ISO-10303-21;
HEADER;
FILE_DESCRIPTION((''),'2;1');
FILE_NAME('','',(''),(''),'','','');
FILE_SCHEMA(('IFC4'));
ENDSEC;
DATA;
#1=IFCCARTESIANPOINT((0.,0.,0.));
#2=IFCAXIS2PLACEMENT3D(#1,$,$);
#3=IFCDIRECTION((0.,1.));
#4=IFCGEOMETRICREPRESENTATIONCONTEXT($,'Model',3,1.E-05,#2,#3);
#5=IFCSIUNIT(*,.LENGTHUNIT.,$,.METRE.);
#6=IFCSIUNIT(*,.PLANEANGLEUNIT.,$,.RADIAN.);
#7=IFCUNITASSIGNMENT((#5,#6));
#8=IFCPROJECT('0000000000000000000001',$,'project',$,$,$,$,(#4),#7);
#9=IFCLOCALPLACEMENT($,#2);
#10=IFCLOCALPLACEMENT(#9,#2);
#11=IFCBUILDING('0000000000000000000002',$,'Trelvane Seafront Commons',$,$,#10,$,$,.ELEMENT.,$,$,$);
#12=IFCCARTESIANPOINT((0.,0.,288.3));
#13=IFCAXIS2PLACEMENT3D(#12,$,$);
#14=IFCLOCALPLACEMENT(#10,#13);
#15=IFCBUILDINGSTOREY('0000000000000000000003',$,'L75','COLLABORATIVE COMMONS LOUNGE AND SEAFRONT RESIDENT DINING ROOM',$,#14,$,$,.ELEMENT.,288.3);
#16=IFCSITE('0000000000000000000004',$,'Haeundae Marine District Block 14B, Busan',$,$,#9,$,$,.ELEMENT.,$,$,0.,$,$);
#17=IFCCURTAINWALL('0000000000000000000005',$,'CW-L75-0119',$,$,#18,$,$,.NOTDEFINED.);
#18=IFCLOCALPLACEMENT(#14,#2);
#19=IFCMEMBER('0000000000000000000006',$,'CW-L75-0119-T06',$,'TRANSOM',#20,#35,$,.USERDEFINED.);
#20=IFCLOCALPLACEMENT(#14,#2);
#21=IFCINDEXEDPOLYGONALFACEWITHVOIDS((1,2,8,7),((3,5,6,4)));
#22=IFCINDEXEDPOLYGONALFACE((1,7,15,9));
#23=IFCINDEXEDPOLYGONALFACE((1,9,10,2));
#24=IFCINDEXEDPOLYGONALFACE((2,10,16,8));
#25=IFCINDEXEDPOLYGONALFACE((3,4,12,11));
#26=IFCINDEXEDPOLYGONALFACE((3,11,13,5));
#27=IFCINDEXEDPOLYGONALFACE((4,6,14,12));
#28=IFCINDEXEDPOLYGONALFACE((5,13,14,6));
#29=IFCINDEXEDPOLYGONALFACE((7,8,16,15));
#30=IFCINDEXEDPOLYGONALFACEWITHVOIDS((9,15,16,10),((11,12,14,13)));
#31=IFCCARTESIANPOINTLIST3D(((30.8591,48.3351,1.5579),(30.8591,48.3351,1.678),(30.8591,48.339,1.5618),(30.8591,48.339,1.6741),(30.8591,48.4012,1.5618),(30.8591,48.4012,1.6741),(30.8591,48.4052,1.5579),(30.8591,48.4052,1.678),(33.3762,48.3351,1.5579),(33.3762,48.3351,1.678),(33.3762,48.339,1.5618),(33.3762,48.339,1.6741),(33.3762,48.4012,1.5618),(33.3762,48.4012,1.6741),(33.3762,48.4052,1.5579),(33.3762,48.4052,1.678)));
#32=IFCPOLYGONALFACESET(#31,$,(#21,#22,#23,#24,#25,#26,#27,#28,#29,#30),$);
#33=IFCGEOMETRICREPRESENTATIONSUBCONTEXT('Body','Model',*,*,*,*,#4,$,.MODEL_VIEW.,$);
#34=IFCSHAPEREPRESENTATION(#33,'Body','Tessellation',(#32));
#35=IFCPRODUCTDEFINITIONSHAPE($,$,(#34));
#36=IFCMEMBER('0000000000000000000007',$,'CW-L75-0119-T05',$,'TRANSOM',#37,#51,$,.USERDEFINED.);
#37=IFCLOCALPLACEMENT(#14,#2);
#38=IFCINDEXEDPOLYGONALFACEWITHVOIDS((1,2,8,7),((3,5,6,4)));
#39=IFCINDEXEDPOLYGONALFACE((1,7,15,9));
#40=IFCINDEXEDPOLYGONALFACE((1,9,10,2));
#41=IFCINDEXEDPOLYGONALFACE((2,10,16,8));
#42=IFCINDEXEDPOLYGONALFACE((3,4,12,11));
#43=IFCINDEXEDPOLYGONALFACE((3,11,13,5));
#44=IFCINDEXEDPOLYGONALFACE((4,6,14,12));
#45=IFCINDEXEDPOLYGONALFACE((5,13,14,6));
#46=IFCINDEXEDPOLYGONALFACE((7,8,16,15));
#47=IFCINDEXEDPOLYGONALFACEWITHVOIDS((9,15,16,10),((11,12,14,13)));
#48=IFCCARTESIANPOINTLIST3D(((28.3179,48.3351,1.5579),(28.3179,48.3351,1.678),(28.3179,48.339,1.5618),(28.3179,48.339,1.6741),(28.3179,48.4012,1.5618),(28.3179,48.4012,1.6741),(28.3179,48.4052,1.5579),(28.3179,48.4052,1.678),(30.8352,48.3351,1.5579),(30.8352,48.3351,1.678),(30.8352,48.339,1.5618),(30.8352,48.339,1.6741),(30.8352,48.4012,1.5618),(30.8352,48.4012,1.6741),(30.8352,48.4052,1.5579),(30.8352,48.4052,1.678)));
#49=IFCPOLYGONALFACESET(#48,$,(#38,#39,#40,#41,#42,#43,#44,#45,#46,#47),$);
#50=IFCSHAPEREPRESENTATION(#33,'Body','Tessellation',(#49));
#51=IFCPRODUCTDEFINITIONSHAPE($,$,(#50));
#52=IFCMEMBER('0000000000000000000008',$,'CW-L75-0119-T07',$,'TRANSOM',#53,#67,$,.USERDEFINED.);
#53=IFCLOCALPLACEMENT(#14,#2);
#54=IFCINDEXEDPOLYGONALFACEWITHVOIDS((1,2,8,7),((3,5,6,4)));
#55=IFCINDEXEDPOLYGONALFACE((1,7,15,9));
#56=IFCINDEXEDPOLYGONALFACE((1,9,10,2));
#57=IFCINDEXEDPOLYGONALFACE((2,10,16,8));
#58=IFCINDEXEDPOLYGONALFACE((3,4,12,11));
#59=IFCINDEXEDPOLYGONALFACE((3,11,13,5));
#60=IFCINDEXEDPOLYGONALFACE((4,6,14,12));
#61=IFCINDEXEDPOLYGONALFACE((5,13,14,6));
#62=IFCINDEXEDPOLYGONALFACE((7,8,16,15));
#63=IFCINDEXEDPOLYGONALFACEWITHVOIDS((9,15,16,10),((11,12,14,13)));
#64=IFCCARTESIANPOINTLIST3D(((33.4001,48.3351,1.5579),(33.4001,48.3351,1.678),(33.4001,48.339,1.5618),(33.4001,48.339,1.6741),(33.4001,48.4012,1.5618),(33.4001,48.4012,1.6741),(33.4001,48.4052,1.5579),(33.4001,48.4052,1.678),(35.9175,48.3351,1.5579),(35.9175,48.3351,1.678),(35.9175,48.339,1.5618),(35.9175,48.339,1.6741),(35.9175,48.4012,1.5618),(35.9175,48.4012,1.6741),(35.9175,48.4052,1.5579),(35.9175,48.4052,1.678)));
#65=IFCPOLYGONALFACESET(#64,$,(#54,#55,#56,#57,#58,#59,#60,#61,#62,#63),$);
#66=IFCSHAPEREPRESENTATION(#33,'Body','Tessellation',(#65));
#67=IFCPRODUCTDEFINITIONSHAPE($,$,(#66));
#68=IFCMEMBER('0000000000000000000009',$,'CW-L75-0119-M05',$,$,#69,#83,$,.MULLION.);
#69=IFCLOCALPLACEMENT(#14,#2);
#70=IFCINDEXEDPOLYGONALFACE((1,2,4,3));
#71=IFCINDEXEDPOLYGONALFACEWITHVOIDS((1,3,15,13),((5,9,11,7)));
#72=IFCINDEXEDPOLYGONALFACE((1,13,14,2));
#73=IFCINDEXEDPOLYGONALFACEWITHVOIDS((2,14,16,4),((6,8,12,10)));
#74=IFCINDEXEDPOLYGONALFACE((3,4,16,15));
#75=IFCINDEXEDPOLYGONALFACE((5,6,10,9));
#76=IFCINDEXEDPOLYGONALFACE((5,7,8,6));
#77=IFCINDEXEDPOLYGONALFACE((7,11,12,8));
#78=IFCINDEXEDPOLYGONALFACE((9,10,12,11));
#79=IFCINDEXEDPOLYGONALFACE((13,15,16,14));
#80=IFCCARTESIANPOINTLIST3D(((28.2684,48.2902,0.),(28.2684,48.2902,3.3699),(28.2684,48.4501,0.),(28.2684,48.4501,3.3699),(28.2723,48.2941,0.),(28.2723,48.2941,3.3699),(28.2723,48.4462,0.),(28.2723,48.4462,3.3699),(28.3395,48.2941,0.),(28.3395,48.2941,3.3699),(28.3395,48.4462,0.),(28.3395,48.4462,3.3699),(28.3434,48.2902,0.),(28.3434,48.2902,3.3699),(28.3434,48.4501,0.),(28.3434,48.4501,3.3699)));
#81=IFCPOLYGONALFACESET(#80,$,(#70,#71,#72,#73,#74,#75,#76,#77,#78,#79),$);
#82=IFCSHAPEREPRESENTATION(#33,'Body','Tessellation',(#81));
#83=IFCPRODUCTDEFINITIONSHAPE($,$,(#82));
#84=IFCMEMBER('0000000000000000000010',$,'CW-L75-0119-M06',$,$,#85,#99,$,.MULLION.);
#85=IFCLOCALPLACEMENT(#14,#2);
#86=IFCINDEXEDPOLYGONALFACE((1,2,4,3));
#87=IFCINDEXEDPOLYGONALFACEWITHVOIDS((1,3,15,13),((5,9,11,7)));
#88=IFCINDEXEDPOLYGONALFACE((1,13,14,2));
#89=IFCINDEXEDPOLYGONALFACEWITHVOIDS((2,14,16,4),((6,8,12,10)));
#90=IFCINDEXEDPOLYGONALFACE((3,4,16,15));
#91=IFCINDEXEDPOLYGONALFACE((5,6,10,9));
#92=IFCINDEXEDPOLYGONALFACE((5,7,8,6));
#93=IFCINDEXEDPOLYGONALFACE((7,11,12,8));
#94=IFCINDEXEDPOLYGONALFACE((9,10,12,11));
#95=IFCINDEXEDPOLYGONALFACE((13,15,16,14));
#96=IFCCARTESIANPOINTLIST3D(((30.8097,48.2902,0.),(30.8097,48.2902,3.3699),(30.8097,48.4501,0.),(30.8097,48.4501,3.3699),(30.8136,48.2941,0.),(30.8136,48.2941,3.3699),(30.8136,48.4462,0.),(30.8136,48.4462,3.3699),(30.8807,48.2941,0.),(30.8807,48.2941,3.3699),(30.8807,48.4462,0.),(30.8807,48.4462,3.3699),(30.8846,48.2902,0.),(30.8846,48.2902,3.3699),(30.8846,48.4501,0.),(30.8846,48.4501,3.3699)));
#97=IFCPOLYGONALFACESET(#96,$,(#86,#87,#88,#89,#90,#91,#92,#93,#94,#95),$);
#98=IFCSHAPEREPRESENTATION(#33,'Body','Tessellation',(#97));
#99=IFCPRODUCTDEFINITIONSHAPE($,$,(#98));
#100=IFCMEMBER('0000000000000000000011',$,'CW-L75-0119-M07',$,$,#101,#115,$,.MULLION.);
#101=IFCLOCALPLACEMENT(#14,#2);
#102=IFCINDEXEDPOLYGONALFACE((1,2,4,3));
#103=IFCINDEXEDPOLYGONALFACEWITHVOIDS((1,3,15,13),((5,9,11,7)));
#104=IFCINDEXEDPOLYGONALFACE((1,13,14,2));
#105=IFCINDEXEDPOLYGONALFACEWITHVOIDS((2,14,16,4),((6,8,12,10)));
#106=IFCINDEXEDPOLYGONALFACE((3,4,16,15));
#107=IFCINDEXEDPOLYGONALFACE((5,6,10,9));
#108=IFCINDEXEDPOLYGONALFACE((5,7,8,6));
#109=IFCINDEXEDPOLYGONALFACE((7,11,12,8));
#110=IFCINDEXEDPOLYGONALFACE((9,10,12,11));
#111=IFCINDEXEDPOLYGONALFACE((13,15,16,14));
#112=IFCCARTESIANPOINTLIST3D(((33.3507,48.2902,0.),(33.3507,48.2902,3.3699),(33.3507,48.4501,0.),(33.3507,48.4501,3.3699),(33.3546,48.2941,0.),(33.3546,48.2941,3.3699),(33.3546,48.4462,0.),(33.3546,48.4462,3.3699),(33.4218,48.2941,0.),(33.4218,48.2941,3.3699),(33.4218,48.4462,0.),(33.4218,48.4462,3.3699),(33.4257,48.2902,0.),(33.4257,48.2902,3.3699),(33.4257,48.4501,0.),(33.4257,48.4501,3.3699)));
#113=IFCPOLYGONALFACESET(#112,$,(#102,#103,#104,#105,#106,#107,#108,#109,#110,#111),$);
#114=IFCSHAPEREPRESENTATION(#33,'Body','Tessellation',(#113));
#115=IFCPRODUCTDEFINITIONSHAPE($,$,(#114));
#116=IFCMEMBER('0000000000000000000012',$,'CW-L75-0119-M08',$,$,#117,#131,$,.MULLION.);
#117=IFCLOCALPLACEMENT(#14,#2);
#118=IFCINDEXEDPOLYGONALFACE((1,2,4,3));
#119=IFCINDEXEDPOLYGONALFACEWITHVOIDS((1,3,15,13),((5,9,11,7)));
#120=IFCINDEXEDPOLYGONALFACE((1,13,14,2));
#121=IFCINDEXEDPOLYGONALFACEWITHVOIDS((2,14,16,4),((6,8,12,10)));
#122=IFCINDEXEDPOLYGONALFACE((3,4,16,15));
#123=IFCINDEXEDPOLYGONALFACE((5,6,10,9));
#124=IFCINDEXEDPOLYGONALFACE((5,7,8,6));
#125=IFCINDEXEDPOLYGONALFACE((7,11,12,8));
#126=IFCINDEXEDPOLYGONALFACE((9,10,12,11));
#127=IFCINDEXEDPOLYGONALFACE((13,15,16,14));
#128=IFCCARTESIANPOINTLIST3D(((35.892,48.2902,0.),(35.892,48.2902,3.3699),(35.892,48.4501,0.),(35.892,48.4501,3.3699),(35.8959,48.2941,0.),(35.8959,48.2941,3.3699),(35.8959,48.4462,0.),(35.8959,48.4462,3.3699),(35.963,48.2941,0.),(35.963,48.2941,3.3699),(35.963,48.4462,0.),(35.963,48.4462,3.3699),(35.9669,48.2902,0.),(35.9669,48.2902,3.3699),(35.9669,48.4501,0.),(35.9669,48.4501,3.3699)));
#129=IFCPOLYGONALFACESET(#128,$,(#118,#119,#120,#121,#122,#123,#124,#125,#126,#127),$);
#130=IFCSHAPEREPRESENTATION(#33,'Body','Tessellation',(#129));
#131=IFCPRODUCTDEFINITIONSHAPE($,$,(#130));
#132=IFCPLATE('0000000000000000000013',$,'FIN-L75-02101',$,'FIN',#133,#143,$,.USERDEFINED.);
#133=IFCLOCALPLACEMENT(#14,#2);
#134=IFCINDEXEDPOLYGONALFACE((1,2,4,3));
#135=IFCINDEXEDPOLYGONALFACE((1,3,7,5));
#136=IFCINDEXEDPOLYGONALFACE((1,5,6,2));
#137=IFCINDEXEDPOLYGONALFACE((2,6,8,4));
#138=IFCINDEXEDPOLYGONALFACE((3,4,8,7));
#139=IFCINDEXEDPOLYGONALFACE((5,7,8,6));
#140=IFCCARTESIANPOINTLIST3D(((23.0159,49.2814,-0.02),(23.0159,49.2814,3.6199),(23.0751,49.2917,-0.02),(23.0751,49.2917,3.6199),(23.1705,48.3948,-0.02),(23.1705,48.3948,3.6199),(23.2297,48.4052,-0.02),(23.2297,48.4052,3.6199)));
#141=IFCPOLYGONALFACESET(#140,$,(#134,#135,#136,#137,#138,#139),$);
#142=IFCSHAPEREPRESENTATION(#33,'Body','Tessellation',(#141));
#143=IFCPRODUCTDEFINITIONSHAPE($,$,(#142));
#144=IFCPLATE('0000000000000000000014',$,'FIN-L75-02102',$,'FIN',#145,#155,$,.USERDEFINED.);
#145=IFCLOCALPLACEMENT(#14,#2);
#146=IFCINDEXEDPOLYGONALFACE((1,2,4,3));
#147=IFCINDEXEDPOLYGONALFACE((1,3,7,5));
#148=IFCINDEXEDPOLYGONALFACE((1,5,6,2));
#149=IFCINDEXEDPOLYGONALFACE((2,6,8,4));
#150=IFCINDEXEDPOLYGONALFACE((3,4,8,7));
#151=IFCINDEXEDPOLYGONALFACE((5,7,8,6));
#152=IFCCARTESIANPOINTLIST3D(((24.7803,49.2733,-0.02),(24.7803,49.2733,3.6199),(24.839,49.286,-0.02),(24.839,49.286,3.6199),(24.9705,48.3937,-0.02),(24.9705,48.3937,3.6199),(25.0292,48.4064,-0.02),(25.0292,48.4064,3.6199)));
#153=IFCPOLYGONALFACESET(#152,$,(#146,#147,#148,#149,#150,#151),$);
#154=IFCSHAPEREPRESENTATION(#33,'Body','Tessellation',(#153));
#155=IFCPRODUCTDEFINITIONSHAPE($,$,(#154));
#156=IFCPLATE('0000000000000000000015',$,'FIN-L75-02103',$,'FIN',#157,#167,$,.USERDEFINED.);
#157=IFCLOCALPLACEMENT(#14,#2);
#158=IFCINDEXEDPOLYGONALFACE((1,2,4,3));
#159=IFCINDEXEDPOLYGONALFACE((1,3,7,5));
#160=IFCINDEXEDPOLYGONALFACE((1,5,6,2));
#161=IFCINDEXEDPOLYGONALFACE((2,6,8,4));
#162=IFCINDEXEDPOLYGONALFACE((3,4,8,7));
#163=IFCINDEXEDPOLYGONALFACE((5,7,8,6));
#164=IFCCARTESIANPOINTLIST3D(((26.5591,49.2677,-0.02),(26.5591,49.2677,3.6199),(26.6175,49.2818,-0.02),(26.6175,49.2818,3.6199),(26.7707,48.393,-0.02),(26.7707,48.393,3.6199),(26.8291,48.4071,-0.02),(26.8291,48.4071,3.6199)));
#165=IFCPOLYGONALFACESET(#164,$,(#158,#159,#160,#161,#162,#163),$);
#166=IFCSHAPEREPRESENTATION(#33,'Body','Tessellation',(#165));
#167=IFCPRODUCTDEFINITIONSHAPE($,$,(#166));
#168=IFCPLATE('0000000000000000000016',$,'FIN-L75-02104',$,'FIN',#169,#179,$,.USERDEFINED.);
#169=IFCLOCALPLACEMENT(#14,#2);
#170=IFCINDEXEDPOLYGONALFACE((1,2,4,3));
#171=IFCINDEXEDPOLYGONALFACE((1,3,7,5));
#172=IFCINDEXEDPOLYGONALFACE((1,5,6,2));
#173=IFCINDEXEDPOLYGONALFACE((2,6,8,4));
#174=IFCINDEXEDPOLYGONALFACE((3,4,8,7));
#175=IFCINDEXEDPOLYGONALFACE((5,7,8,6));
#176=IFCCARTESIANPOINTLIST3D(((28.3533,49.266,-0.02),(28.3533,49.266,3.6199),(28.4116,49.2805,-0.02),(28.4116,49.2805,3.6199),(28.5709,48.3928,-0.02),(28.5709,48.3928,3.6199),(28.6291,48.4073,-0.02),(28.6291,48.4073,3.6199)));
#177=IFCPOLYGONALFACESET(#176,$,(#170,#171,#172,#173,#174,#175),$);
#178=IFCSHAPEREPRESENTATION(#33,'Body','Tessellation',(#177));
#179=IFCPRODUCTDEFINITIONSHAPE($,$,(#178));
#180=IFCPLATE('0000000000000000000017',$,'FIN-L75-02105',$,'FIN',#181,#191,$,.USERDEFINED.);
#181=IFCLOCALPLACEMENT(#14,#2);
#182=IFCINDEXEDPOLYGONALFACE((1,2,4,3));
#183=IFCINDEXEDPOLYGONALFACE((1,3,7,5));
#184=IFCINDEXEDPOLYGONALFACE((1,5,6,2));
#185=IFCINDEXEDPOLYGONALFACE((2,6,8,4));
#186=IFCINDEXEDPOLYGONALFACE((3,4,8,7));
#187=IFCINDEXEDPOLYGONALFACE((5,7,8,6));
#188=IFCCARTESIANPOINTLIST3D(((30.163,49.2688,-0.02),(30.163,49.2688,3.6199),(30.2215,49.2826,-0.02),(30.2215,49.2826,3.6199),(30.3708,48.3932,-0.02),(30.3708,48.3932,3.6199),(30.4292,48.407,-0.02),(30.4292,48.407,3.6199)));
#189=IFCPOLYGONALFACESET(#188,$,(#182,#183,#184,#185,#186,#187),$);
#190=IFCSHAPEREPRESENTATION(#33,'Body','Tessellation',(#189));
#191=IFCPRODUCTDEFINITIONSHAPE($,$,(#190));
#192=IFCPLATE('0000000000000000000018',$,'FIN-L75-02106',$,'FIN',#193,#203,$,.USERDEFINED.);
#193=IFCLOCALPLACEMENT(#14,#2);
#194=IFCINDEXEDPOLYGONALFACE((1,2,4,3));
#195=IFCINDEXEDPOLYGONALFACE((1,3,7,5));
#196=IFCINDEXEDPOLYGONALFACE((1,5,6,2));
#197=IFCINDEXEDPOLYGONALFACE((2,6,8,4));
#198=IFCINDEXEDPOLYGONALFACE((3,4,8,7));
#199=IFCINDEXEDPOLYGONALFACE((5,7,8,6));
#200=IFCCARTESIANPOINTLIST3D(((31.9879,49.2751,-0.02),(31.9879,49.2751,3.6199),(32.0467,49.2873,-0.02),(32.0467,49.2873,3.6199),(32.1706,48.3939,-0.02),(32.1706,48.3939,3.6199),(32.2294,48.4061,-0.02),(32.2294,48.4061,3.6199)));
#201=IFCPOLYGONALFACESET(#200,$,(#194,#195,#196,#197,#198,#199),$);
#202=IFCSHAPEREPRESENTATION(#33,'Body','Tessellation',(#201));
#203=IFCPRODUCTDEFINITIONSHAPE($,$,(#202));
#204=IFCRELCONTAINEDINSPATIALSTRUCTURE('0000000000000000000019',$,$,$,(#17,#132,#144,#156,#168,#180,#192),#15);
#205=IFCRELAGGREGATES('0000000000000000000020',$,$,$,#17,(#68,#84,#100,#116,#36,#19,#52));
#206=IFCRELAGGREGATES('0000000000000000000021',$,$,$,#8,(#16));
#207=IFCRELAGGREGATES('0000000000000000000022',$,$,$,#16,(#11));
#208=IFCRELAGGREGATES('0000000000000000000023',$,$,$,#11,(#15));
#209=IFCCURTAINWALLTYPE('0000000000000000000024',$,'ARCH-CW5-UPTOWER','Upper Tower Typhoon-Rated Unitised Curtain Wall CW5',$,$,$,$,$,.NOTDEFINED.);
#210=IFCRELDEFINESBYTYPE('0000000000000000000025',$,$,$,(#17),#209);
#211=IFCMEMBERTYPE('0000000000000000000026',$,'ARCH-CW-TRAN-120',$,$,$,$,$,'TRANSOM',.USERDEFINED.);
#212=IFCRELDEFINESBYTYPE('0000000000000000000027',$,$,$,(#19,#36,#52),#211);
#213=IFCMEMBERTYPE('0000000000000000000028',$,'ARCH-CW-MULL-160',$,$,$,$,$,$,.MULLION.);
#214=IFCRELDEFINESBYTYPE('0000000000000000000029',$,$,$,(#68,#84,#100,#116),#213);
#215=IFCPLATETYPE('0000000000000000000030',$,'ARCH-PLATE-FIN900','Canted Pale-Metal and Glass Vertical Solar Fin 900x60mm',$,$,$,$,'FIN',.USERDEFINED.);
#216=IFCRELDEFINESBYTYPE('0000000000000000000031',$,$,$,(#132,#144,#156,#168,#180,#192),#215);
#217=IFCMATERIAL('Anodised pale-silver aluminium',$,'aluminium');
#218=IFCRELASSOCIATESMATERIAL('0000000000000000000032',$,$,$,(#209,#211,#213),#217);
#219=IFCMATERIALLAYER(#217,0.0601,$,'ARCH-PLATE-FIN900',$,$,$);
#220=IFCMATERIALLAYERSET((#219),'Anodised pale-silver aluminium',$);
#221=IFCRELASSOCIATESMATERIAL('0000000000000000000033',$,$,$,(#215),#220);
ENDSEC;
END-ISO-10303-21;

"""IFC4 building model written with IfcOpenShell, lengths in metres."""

from ifc_helpers import new_model, si_unit, direction, frame, origin, origin_2d, place, context, subcontext, project, spatial, rectangle, hollow_rectangle, extrude, source, transform, mapped, material, layer, layer_set, material_profile, profile_set, type_object, element, aggregate, save


model = new_model("IFC4")

# Units and contexts
model_context = context("Model", 3, precision=1e-05, world=origin(), true_north=direction((0.0, 1.0)))
body_context = subcontext(model_context, "Body", "Model", "MODEL_VIEW")
ifc_project = project(units=[si_unit("LENGTHUNIT", "METRE"), si_unit("PLANEANGLEUNIT", "RADIAN")], contexts=[model_context])

# Site, building, storey
site_placement = place(None, origin())
site = spatial("IfcSite", under=ifc_project, at=site_placement, Name="Haeundae Marine District Block 14B, Busan", CompositionType="ELEMENT", RefElevation=0.0)
building_placement = place(site_placement, origin())
building = spatial("IfcBuilding", under=site, at=building_placement, Name="Trelvane Seafront Commons", CompositionType="ELEMENT")
storey_placement = place(building_placement, frame((0.0, 0.0, 288.3)))
storey = spatial("IfcBuildingStorey", under=building, at=storey_placement, Name="L75", Description="COLLABORATIVE COMMONS LOUNGE AND SEAFRONT RESIDENT DINING ROOM", CompositionType="ELEMENT", Elevation=288.3)

# Curtain wall, members
ifc_material_1 = material(Name="Anodised pale-silver aluminium", Category="aluminium")
curtain_wall_type = type_object("IfcCurtainWallType", Name="ARCH-CW5-UPTOWER", Description="Upper Tower Typhoon-Rated Unitised Curtain Wall CW5", PredefinedType="NOTDEFINED", material=ifc_material_1)
curtain_wall_placement = place(storey_placement, origin())
curtain_wall = element("IfcCurtainWall", 1, at=curtain_wall_placement, inside=storey, type_object=curtain_wall_type, Name="CW-L75-0119", PredefinedType="NOTDEFINED")
ifc_material_profile_1 = material_profile(ifc_material_1, hollow_rectangle(XDim=0.0701, YDim=0.1201, WallThickness=0.0039, at=origin_2d()), Name="TRAN-70x120x4")
ifc_profile_set_1 = profile_set([ifc_material_profile_1], Name="Anodised pale-silver aluminium")
member_type_1 = type_object("IfcMemberType", Name="ARCH-CW-TRAN-120", ElementType="TRANSOM", PredefinedType="USERDEFINED", material=ifc_profile_set_1)
shared_shape_1 = source(origin(), body_context, "Body", "SweptSolid", [
    extrude(hollow_rectangle(XDim=0.0701, YDim=0.1201, WallThickness=0.0039, at=origin_2d()), origin(), (0.0, 0.0, 1.0), 2.5171),
])
member_1_placement = place(storey_placement, frame((30.8591, 48.3701, 1.6179), z_axis=(1.0, 0.0, 0.0), x_axis=(0.0, 1.0, 0.0)))
member_1 = element("IfcMember", 2, at=member_1_placement, type_object=member_type_1, Name="CW-L75-0119-T06", ObjectType="TRANSOM", PredefinedType="USERDEFINED", context=body_context, shape_type="MappedRepresentation", body=[
    mapped(shared_shape_1, transform((0.0, 0.0, 0.0), x_axis=(1.0, 0.0, 0.0), y_axis=(0.0, 1.0, 0.0), z_axis=(0.0, 0.0, 1.0), scale=1.0)),
])
shared_shape_2 = source(origin(), body_context, "Body", "SweptSolid", [
    extrude(hollow_rectangle(XDim=0.0701, YDim=0.1201, WallThickness=0.0039, at=origin_2d()), origin(), (0.0, 0.0, 1.0), 2.5173),
])
member_2_placement = place(storey_placement, frame((28.3179, 48.3701, 1.6179), z_axis=(1.0, 0.0, 0.0), x_axis=(0.0, 1.0, 0.0)))
member_2 = element("IfcMember", 3, at=member_2_placement, type_object=member_type_1, Name="CW-L75-0119-T05", ObjectType="TRANSOM", PredefinedType="USERDEFINED", context=body_context, shape_type="MappedRepresentation", body=[
    mapped(shared_shape_2, transform((0.0, 0.0, 0.0), x_axis=(1.0, 0.0, 0.0), y_axis=(0.0, 1.0, 0.0), z_axis=(0.0, 0.0, 1.0), scale=1.0)),
])
member_3_placement = place(storey_placement, frame((33.4001, 48.3701, 1.6179), z_axis=(1.0, 0.0, 0.0), x_axis=(0.0, 1.0, 0.0)))
member_3 = element("IfcMember", 4, at=member_3_placement, type_object=member_type_1, Name="CW-L75-0119-T07", ObjectType="TRANSOM", PredefinedType="USERDEFINED", context=body_context, shape_type="MappedRepresentation", body=[
    mapped(shared_shape_2, transform((0.0, 0.0, 0.0), x_axis=(1.0, 0.0, 0.0), y_axis=(0.0, 1.0, 0.0), z_axis=(0.0, 0.0, 1.0), scale=1.0)),
])
ifc_material_profile_2 = material_profile(ifc_material_1, hollow_rectangle(XDim=0.075, YDim=0.1599, WallThickness=0.0039, at=origin_2d()), Name="MULL-75x160x4")
ifc_profile_set_2 = profile_set([ifc_material_profile_2], Name="Anodised pale-silver aluminium")
member_type_2 = type_object("IfcMemberType", Name="ARCH-CW-MULL-160", PredefinedType="MULLION", material=ifc_profile_set_2)
shared_shape_3 = source(origin(), body_context, "Body", "SweptSolid", [
    extrude(hollow_rectangle(XDim=0.075, YDim=0.1599, WallThickness=0.0039, at=origin_2d()), origin(), (0.0, 0.0, 1.0), 3.3699),
])
member_4_placement = place(storey_placement, frame((28.3059, 48.3701, 0.0), z_axis=(0.0, 0.0, 1.0), x_axis=(1.0, 0.0, 0.0)))
member_4 = element("IfcMember", 5, at=member_4_placement, type_object=member_type_2, Name="CW-L75-0119-M05", PredefinedType="MULLION", context=body_context, shape_type="MappedRepresentation", body=[
    mapped(shared_shape_3, transform((0.0, 0.0, 0.0), x_axis=(1.0, 0.0, 0.0), y_axis=(0.0, 1.0, 0.0), z_axis=(0.0, 0.0, 1.0), scale=1.0)),
])
member_5_placement = place(storey_placement, frame((30.8472, 48.3701, 0.0), z_axis=(0.0, 0.0, 1.0), x_axis=(1.0, 0.0, 0.0)))
member_5 = element("IfcMember", 6, at=member_5_placement, type_object=member_type_2, Name="CW-L75-0119-M06", PredefinedType="MULLION", context=body_context, shape_type="MappedRepresentation", body=[
    mapped(shared_shape_3, transform((0.0, 0.0, 0.0), x_axis=(1.0, 0.0, 0.0), y_axis=(0.0, 1.0, 0.0), z_axis=(0.0, 0.0, 1.0), scale=1.0)),
])
member_6_placement = place(storey_placement, frame((33.3882, 48.3701, 0.0), z_axis=(0.0, 0.0, 1.0), x_axis=(1.0, 0.0, 0.0)))
member_6 = element("IfcMember", 7, at=member_6_placement, type_object=member_type_2, Name="CW-L75-0119-M07", PredefinedType="MULLION", context=body_context, shape_type="MappedRepresentation", body=[
    mapped(shared_shape_3, transform((0.0, 0.0, 0.0), x_axis=(1.0, 0.0, 0.0), y_axis=(0.0, 1.0, 0.0), z_axis=(0.0, 0.0, 1.0), scale=1.0)),
])
member_7_placement = place(storey_placement, frame((35.9294, 48.3701, 0.0), z_axis=(0.0, 0.0, 1.0), x_axis=(1.0, 0.0, 0.0)))
member_7 = element("IfcMember", 8, at=member_7_placement, type_object=member_type_2, Name="CW-L75-0119-M08", PredefinedType="MULLION", context=body_context, shape_type="MappedRepresentation", body=[
    mapped(shared_shape_3, transform((0.0, 0.0, 0.0), x_axis=(1.0, 0.0, 0.0), y_axis=(0.0, 1.0, 0.0), z_axis=(0.0, 0.0, 1.0), scale=1.0)),
])

# Plates
ifc_layer_1 = layer(ifc_material_1, 0.0601, Name="ARCH-PLATE-FIN900")
ifc_layer_set_1 = layer_set([ifc_layer_1], Name="Anodised pale-silver aluminium")
plate_type_1 = type_object("IfcPlateType", Name="ARCH-PLATE-FIN900", Description="Canted Pale-Metal and Glass Vertical Solar Fin 900x60mm", ElementType="FIN", PredefinedType="USERDEFINED", material=ifc_layer_set_1)
shared_shape_4 = source(origin(), body_context, "Body", "SweptSolid", [
    extrude(rectangle(XDim=0.8999, YDim=0.0601, at=origin_2d()), origin(), (0.0, 0.0, 1.0), 3.6399),
])
for number, where, z_axis, x_axis, name in (
    (9, (23.1228, 48.8433, -0.02), (0.0, 0.0, 1.0), (-0.171781, 0.985135, 0.0), "FIN-L75-02101"),
    (10, (24.9048, 48.8398, -0.02), (0.0, 0.0, 1.0), (-0.211327, 0.977416, 0.0), "FIN-L75-02102"),
    (11, (26.6941, 48.8374, -0.02), (0.0, 0.0, 1.0), (-0.235103, 0.97197, 0.0), "FIN-L75-02103"),
    (12, (28.4912, 48.8367, -0.02), (0.0, 0.0, 1.0), (-0.241778, 0.970332, 0.0), "FIN-L75-02104"),
    (13, (30.2961, 48.8379, -0.02), (0.0, 0.0, 1.0), (-0.230884, 0.972981, 0.0), "FIN-L75-02105"),
    (14, (32.1086, 48.8406, -0.02), (0.0, 0.0, 1.0), (-0.202991, 0.979181, 0.0), "FIN-L75-02106"),
):
    element("IfcPlate", number, at=place(storey_placement, frame(where, z_axis=z_axis, x_axis=x_axis)), inside=storey, type_object=plate_type_1, Name=name, ObjectType="FIN", PredefinedType="USERDEFINED", context=body_context, shape_type="MappedRepresentation", body=[
        mapped(shared_shape_4, transform((0.0, 0.0, 0.0), x_axis=(1.0, 0.0, 0.0), y_axis=(0.0, 1.0, 0.0), z_axis=(0.0, 0.0, 1.0), scale=1.0)),
    ])

aggregate(curtain_wall, [member_4, member_5, member_6, member_7, member_2, member_1, member_3])

save(model, "model.ifc")
